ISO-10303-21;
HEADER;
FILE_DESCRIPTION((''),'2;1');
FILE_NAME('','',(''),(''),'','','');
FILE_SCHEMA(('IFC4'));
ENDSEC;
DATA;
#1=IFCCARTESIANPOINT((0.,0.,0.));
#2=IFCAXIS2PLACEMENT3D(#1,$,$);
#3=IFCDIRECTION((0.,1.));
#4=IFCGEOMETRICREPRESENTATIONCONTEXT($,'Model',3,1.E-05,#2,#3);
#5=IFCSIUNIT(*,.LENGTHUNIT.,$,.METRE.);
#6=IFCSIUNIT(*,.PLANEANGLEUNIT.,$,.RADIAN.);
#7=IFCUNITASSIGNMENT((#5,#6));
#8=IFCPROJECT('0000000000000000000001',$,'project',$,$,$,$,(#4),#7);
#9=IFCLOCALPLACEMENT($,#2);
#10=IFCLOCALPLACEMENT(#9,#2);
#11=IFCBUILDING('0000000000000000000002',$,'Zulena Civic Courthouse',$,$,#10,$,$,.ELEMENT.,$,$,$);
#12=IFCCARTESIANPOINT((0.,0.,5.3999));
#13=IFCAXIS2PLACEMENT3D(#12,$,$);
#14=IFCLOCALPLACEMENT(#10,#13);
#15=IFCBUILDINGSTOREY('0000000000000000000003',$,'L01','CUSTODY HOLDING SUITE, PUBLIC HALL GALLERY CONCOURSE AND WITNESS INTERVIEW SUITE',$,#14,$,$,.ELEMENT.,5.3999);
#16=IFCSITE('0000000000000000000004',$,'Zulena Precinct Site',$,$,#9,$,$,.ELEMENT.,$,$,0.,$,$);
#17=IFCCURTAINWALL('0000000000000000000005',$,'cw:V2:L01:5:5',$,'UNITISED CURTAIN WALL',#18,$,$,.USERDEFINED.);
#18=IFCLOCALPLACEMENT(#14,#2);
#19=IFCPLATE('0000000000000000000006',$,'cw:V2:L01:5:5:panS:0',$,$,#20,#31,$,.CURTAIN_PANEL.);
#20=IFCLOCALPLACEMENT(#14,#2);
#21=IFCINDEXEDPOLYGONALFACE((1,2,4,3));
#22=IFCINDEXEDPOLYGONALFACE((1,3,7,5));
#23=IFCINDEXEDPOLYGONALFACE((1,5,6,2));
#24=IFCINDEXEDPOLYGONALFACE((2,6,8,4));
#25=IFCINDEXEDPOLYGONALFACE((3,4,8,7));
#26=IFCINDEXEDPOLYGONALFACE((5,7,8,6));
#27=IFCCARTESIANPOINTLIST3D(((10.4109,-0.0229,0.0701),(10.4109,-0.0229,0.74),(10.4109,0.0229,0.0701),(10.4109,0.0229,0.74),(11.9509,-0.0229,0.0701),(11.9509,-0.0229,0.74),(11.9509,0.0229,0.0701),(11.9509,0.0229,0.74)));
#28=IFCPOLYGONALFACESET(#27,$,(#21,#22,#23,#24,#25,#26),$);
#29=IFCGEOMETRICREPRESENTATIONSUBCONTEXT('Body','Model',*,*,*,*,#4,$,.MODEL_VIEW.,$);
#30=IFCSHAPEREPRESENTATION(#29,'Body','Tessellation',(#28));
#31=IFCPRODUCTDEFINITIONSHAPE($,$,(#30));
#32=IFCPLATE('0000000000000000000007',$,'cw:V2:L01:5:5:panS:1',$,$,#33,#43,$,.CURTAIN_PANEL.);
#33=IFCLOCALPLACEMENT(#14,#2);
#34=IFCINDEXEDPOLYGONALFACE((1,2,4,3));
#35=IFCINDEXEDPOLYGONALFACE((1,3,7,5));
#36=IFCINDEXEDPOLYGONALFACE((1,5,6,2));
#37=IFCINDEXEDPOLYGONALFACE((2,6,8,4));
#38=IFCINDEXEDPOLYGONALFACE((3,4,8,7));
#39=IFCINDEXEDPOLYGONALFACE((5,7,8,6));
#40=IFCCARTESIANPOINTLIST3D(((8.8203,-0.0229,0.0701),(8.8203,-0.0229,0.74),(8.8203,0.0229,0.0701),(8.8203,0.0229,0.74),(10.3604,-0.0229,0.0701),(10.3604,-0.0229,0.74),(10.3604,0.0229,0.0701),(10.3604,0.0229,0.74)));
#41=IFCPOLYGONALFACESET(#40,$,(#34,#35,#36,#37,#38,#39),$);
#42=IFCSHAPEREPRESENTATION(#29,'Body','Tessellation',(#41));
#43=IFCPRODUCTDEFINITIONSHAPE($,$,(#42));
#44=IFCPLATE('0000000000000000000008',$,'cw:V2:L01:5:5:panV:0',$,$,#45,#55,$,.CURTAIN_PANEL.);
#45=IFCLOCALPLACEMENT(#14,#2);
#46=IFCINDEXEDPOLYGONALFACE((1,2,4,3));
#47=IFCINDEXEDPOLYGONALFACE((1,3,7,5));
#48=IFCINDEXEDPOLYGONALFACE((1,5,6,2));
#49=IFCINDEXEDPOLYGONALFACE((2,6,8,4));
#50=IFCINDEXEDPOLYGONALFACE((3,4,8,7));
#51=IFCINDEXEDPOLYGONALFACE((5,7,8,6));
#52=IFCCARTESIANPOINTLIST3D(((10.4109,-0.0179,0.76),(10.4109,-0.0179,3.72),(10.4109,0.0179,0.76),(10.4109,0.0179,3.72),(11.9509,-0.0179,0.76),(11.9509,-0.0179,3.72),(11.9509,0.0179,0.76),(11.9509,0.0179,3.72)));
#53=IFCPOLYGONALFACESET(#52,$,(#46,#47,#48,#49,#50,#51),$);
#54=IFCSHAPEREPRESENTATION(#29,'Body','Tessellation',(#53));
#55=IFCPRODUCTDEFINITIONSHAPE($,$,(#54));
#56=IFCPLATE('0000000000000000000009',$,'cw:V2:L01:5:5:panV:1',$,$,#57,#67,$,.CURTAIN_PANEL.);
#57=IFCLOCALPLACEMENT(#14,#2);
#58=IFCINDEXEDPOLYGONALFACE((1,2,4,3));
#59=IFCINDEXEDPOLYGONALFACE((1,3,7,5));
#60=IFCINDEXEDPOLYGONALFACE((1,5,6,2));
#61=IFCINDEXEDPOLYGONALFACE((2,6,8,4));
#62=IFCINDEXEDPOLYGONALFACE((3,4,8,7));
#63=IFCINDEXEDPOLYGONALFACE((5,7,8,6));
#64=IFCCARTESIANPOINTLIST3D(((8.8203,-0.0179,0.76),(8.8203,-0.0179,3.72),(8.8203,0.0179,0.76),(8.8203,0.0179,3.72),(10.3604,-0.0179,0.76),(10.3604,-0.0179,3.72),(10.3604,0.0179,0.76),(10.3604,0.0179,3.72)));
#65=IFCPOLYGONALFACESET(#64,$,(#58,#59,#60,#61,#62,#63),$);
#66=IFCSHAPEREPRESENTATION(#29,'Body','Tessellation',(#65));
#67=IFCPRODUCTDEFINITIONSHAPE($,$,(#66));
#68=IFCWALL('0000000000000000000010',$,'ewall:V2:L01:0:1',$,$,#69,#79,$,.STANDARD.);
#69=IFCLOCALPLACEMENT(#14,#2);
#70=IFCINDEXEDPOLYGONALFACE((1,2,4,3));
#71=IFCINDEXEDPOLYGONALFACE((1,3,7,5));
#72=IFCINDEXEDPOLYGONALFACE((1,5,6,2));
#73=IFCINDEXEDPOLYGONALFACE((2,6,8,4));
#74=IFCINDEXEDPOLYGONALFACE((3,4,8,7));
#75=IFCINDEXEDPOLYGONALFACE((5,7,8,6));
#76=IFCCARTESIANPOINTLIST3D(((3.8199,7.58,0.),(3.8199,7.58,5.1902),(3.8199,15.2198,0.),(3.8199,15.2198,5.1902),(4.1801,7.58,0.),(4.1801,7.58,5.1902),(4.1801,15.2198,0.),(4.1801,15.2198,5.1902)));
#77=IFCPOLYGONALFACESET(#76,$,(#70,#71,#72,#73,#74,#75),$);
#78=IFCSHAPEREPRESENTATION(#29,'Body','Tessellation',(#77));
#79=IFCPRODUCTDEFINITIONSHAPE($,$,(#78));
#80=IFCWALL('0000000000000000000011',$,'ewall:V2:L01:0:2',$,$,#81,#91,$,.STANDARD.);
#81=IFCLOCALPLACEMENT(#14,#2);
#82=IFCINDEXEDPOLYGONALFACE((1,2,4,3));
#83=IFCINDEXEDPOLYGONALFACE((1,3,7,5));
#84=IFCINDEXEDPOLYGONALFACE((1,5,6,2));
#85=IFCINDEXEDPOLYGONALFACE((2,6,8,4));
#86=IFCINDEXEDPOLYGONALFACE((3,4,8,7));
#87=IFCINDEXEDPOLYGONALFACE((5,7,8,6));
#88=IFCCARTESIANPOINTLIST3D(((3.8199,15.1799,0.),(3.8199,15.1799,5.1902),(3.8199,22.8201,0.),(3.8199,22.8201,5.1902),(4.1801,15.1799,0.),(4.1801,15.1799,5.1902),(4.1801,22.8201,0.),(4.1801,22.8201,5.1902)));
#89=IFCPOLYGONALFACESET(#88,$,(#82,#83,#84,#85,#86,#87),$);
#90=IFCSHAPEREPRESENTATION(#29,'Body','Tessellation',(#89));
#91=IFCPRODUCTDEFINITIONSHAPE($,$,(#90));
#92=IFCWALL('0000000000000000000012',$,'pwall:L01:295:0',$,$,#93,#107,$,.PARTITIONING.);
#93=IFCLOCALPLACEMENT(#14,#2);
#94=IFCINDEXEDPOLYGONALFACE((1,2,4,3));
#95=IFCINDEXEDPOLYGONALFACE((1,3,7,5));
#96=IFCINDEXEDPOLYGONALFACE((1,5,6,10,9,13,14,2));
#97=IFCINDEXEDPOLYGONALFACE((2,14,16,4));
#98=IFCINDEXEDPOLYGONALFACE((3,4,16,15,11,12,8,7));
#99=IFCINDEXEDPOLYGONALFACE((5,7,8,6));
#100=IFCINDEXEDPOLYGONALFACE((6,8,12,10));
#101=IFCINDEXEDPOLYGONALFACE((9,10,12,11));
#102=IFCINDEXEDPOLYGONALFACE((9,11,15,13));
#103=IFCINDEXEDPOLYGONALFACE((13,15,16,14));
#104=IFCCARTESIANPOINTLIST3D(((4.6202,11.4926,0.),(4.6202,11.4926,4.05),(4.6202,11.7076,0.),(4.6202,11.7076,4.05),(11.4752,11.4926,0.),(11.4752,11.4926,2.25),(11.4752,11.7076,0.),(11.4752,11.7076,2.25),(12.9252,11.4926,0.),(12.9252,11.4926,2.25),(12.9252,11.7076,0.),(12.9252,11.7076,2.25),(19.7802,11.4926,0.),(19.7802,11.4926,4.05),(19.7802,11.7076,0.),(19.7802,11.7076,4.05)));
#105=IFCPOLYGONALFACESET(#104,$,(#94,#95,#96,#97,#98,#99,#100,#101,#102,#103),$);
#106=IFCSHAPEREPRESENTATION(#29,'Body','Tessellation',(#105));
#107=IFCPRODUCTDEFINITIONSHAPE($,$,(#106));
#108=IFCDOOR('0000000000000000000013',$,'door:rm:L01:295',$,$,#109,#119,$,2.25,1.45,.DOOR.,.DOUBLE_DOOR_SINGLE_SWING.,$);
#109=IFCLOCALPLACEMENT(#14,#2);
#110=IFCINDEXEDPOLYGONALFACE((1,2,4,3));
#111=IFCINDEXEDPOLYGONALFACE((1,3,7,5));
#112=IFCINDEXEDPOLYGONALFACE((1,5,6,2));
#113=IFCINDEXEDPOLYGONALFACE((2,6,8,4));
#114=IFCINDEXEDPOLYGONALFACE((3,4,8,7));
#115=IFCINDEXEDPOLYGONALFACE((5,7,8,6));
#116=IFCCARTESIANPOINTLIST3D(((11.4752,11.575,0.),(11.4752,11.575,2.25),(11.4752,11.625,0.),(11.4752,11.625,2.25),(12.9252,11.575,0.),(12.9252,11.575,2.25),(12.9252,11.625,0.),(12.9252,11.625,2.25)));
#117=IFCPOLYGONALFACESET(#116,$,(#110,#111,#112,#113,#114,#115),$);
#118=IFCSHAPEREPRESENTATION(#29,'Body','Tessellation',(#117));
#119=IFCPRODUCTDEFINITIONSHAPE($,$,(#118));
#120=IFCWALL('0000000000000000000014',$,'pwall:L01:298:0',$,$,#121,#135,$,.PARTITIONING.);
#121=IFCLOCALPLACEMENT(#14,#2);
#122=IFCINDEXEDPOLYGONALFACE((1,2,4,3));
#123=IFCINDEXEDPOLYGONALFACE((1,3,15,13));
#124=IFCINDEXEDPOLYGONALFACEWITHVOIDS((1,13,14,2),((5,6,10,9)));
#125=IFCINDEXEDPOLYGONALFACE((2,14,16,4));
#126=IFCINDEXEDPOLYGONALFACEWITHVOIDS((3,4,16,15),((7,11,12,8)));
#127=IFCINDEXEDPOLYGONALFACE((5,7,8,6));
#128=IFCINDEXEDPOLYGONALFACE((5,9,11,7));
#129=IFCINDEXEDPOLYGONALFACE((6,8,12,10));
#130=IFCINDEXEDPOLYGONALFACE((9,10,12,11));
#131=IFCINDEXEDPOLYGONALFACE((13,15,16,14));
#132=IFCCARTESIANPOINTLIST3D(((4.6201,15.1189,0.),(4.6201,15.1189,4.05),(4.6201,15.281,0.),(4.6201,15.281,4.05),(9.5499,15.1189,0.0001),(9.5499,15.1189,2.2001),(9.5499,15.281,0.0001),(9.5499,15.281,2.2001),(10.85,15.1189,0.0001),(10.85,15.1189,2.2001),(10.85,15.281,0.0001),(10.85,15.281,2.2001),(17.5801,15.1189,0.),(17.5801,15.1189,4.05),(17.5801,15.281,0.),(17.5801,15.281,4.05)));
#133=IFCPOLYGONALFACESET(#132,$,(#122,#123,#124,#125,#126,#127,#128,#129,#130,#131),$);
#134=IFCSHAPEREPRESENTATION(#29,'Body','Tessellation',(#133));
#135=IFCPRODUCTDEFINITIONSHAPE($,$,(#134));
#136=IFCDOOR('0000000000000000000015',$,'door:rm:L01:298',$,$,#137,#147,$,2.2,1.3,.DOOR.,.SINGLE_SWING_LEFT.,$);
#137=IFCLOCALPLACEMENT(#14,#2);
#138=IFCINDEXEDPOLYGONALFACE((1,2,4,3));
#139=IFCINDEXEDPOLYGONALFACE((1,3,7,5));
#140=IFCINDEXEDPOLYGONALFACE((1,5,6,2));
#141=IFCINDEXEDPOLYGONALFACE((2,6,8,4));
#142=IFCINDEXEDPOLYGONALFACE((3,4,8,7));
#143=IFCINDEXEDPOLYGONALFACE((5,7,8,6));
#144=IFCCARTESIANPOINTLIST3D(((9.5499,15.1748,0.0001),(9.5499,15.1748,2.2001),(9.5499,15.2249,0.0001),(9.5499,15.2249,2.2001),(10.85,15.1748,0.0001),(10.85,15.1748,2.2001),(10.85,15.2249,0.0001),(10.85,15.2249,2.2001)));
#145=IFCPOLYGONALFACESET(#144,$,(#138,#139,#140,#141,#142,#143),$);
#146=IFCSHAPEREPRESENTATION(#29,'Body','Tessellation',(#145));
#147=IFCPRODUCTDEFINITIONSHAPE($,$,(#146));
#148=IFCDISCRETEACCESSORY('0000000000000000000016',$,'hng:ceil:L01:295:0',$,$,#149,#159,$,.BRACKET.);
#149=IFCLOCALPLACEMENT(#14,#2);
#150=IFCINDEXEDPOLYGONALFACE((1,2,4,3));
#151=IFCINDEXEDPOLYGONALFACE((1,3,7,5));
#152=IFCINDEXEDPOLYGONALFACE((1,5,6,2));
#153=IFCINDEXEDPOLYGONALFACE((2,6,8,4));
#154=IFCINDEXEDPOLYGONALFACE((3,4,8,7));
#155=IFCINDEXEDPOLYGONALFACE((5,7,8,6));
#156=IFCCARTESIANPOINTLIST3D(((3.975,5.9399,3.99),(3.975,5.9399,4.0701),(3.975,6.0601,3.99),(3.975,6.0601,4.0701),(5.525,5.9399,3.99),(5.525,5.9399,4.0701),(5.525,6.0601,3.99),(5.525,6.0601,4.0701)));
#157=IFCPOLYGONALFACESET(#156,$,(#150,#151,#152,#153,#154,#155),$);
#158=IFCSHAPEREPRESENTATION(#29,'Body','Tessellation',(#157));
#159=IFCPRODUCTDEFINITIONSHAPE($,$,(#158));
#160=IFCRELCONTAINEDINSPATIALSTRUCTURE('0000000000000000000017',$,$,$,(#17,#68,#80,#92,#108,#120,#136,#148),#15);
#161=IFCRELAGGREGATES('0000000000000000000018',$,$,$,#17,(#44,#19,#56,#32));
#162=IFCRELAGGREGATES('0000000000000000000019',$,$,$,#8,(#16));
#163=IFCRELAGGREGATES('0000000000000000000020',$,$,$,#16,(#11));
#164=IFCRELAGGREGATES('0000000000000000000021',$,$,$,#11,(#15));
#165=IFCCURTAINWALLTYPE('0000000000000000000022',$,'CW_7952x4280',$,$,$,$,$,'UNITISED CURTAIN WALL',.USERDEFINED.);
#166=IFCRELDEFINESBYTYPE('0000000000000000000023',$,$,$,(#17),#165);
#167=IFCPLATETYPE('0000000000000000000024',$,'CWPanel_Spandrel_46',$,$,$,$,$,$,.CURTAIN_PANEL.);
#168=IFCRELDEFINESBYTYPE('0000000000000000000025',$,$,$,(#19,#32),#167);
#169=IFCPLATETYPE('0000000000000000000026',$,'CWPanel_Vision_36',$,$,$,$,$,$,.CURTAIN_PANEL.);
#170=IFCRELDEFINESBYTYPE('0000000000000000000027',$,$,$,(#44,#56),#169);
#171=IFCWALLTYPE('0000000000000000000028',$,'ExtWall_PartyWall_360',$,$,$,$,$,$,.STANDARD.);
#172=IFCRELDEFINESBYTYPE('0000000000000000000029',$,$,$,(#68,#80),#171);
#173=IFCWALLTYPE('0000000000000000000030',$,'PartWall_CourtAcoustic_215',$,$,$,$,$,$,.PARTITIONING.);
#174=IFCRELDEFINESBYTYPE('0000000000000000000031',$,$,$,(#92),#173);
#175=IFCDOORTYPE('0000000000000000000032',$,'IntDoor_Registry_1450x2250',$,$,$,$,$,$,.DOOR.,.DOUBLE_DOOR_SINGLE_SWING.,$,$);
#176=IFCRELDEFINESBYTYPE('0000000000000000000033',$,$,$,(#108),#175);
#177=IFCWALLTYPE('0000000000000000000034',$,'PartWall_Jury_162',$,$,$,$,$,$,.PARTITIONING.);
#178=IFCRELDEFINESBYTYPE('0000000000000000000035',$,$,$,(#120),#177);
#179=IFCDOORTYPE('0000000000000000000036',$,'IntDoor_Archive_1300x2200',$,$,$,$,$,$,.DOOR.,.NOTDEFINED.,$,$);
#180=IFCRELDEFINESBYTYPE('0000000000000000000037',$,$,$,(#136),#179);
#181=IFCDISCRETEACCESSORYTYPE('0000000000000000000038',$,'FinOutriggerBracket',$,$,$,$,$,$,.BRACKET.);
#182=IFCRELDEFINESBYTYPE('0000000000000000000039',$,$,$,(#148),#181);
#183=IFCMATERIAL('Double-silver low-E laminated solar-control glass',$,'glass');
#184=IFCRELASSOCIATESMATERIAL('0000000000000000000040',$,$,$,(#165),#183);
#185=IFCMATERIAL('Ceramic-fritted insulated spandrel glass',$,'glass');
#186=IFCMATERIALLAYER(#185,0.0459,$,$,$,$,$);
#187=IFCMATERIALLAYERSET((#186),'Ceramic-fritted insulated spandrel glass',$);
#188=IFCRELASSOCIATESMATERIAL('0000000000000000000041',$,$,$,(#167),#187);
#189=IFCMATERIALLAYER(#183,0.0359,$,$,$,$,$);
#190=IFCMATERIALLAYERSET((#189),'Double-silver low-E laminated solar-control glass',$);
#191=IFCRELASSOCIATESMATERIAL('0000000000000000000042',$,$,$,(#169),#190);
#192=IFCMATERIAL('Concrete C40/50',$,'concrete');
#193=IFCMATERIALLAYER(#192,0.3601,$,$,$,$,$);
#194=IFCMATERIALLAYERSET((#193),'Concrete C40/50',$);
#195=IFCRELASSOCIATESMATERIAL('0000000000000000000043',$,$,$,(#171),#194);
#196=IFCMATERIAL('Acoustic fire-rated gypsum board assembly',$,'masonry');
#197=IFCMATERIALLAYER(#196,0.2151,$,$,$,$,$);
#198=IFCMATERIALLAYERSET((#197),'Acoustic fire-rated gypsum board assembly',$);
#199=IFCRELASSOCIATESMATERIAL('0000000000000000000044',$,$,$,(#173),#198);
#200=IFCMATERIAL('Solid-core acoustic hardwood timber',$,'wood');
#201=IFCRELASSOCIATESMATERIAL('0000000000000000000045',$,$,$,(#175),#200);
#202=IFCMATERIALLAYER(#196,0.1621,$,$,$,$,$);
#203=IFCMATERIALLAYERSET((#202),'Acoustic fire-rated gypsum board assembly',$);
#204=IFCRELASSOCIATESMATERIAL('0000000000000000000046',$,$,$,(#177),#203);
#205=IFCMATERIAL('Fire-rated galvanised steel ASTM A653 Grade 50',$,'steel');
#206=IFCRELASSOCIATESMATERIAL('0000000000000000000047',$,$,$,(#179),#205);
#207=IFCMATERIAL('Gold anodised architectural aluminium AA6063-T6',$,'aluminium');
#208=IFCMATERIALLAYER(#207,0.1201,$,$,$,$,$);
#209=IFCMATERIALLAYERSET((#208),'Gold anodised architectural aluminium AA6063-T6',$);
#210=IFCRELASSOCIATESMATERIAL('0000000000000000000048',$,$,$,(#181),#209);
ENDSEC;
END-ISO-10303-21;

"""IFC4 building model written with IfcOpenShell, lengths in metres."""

from ifc_helpers import new_model, si_unit, direction, frame, frame_2d, origin, origin_2d, place, context, subcontext, project, spatial, rectangle, extrude, material, layer, layer_set, type_object, element, fill, aggregate, save


model = new_model("IFC4")

# Units and contexts
model_context = context("Model", 3, precision=1e-05, world=origin(), true_north=direction((0.0, 1.0)))
body_context = subcontext(model_context, "Body", "Model", "MODEL_VIEW")
ifc_project = project(units=[si_unit("LENGTHUNIT", "METRE"), si_unit("PLANEANGLEUNIT", "RADIAN")], contexts=[model_context])

# Site, building, storey
site_placement = place(None, origin())
site = spatial("IfcSite", under=ifc_project, at=site_placement, Name="Zulena Precinct Site", CompositionType="ELEMENT", RefElevation=0.0)
building_placement = place(site_placement, origin())
building = spatial("IfcBuilding", under=site, at=building_placement, Name="Zulena Civic Courthouse", CompositionType="ELEMENT")
storey_placement = place(building_placement, frame((0.0, 0.0, 5.3999)))
storey = spatial("IfcBuildingStorey", under=building, at=storey_placement, Name="L01", Description="CUSTODY HOLDING SUITE, PUBLIC HALL GALLERY CONCOURSE AND WITNESS INTERVIEW SUITE", CompositionType="ELEMENT", Elevation=5.3999)

# Shared definitions
ifc_material_1 = material(Name="Double-silver low-E laminated solar-control glass", Category="glass")
curtain_wall_type = type_object("IfcCurtainWallType", Name="CW_7952x4280", ElementType="UNITISED CURTAIN WALL", PredefinedType="USERDEFINED", material=ifc_material_1)

# Curtain wall
curtain_wall_1_placement = place(storey_placement, origin())
curtain_wall_1 = element("IfcCurtainWall", 1, at=curtain_wall_1_placement, inside=storey, type_object=curtain_wall_type, Name="cw:V2:L01:5:5", ObjectType="UNITISED CURTAIN WALL", PredefinedType="USERDEFINED")

# Plates
ifc_material_2 = material(Name="Ceramic-fritted insulated spandrel glass", Category="glass")
ifc_layer_1 = layer(ifc_material_2, 0.0459)
ifc_layer_set_1 = layer_set([ifc_layer_1], Name="Ceramic-fritted insulated spandrel glass")
plate_type_1 = type_object("IfcPlateType", Name="CWPanel_Spandrel_46", PredefinedType="CURTAIN_PANEL", material=ifc_layer_set_1)
plate_1_placement = place(storey_placement, frame((11.1809, 0.0, 0.0701), z_axis=(0.0, 0.0, 1.0), x_axis=(-1.0, 0.0, 0.0)))
plate_1 = element("IfcPlate", 2, at=plate_1_placement, type_object=plate_type_1, Name="cw:V2:L01:5:5:panS:0", PredefinedType="CURTAIN_PANEL", context=body_context, shape_type="SweptSolid", body=[
    extrude(rectangle(XDim=1.54, YDim=0.0459, at=origin_2d()), origin(), (0.0, 0.0, 1.0), 0.6699),
])
plate_2_placement = place(storey_placement, frame((9.5903, 0.0, 0.0701), z_axis=(0.0, 0.0, 1.0), x_axis=(-1.0, 0.0, 0.0)))
plate_2 = element("IfcPlate", 3, at=plate_2_placement, type_object=plate_type_1, Name="cw:V2:L01:5:5:panS:1", PredefinedType="CURTAIN_PANEL", context=body_context, shape_type="SweptSolid", body=[
    extrude(rectangle(XDim=1.54, YDim=0.0459, at=origin_2d()), origin(), (0.0, 0.0, 1.0), 0.6699),
])
ifc_layer_2 = layer(ifc_material_1, 0.0359)
ifc_layer_set_2 = layer_set([ifc_layer_2], Name="Double-silver low-E laminated solar-control glass")
plate_type_2 = type_object("IfcPlateType", Name="CWPanel_Vision_36", PredefinedType="CURTAIN_PANEL", material=ifc_layer_set_2)
plate_3_placement = place(storey_placement, frame((11.1809, 0.0, 0.76), z_axis=(0.0, 0.0, 1.0), x_axis=(-1.0, 0.0, 0.0)))
plate_3 = element("IfcPlate", 4, at=plate_3_placement, type_object=plate_type_2, Name="cw:V2:L01:5:5:panV:0", PredefinedType="CURTAIN_PANEL", context=body_context, shape_type="SweptSolid", body=[
    extrude(rectangle(XDim=1.54, YDim=0.0359, at=origin_2d()), origin(), (0.0, 0.0, 1.0), 2.96),
])
plate_4_placement = place(storey_placement, frame((9.5903, 0.0, 0.76), z_axis=(0.0, 0.0, 1.0), x_axis=(-1.0, 0.0, 0.0)))
plate_4 = element("IfcPlate", 5, at=plate_4_placement, type_object=plate_type_2, Name="cw:V2:L01:5:5:panV:1", PredefinedType="CURTAIN_PANEL", context=body_context, shape_type="SweptSolid", body=[
    extrude(rectangle(XDim=1.54, YDim=0.0359, at=origin_2d()), origin(), (0.0, 0.0, 1.0), 2.96),
])
aggregate(curtain_wall_1, [plate_3, plate_1, plate_4, plate_2])

# Walls
ifc_material_3 = material(Name="Concrete C40/50", Category="concrete")
ifc_layer_3 = layer(ifc_material_3, 0.3601)
ifc_layer_set_3 = layer_set([ifc_layer_3], Name="Concrete C40/50")
wall_type_1 = type_object("IfcWallType", Name="ExtWall_PartyWall_360", PredefinedType="STANDARD", material=ifc_layer_set_3)
wall_1_placement = place(storey_placement, frame((4.0, 7.5801, 0.0), z_axis=(0.0, 0.0, 1.0), x_axis=(0.0, 1.0, 0.0)))
element("IfcWall", 6, at=wall_1_placement, inside=storey, type_object=wall_type_1, Name="ewall:V2:L01:0:1", PredefinedType="STANDARD", context=body_context, shape_type="SweptSolid", body=[
    extrude(rectangle(XDim=7.6399, YDim=0.3601, at=frame_2d((3.8198, 0.0))), origin(), (0.0, 0.0, 1.0), 5.1902),
])
wall_2_placement = place(storey_placement, frame((4.0, 15.1799, 0.0), z_axis=(0.0, 0.0, 1.0), x_axis=(0.0, 1.0, 0.0)))
element("IfcWall", 7, at=wall_2_placement, inside=storey, type_object=wall_type_1, Name="ewall:V2:L01:0:2", PredefinedType="STANDARD", context=body_context, shape_type="SweptSolid", body=[
    extrude(rectangle(XDim=7.6401, YDim=0.3601, at=frame_2d((3.8201, 0.0))), origin(), (0.0, 0.0, 1.0), 5.1902),
])

# Walls, openings, doors
ifc_material_4 = material(Name="Acoustic fire-rated gypsum board assembly", Category="masonry")
ifc_layer_4 = layer(ifc_material_4, 0.2151)
ifc_layer_set_4 = layer_set([ifc_layer_4], Name="Acoustic fire-rated gypsum board assembly")
wall_type_2 = type_object("IfcWallType", Name="PartWall_CourtAcoustic_215", PredefinedType="PARTITIONING", material=ifc_layer_set_4)
wall_3_placement = place(storey_placement, frame((4.6201, 11.6001, 0.0), z_axis=(0.0, 0.0, 1.0), x_axis=(1.0, 0.0, 0.0)))
wall_3 = element("IfcWall", 8, at=wall_3_placement, inside=storey, type_object=wall_type_2, Name="pwall:L01:295:0", PredefinedType="PARTITIONING", context=body_context, shape_type="SweptSolid", body=[
    extrude(rectangle(XDim=15.1599, YDim=0.2151, at=frame_2d((7.5801, 0.0))), origin(), (0.0, 0.0, 1.0), 4.05),
])
opening_1_placement = place(wall_3_placement, frame((6.855, 0.0, 0.0)))
opening_1 = element("IfcOpeningElement", 9, at=opening_1_placement, cuts=wall_3, PredefinedType="OPENING", context=body_context, shape_type="SweptSolid", body=[
    extrude(rectangle(XDim=1.45, YDim=2.25, at=frame_2d((0.7251, 1.125))), frame((0.0, 0.1174, 0.0), z_axis=(0.0, -1.0, 0.0), x_axis=(1.0, 0.0, 0.0)), (0.0, 0.0, 1.0), 0.2351),
])
ifc_material_5 = material(Name="Solid-core acoustic hardwood timber", Category="wood")
door_type_1 = type_object("IfcDoorType", Name="IntDoor_Registry_1450x2250", OperationType="DOUBLE_DOOR_SINGLE_SWING", PredefinedType="DOOR", material=ifc_material_5)
door_1_placement = place(opening_1_placement, origin())
door_1 = element("IfcDoor", 10, at=door_1_placement, inside=storey, type_object=door_type_1, Name="door:rm:L01:295", OperationType="DOUBLE_DOOR_SINGLE_SWING", OverallHeight=2.25, OverallWidth=1.45, PredefinedType="DOOR", context=body_context, shape_type="SweptSolid", body=[
    extrude(rectangle(XDim=1.45, YDim=2.25, at=frame_2d((0.7251, 1.125))), frame((0.0, 0.0249, 0.0), z_axis=(0.0, -1.0, 0.0), x_axis=(1.0, 0.0, 0.0)), (0.0, 0.0, 1.0), 0.05),
])
fill(opening_1, door_1)
ifc_layer_5 = layer(ifc_material_4, 0.1621)
ifc_layer_set_5 = layer_set([ifc_layer_5], Name="Acoustic fire-rated gypsum board assembly")
wall_type_3 = type_object("IfcWallType", Name="PartWall_Jury_162", PredefinedType="PARTITIONING", material=ifc_layer_set_5)
wall_4_placement = place(storey_placement, frame((4.6201, 15.2, 0.0), z_axis=(0.0, 0.0, 1.0), x_axis=(1.0, 0.0, 0.0)))
wall_4 = element("IfcWall", 11, at=wall_4_placement, inside=storey, type_object=wall_type_3, Name="pwall:L01:298:0", PredefinedType="PARTITIONING", context=body_context, shape_type="SweptSolid", body=[
    extrude(rectangle(XDim=12.96, YDim=0.1621, at=frame_2d((6.48, 0.0))), origin(), (0.0, 0.0, 1.0), 4.05),
])
opening_2_placement = place(wall_4_placement, frame((4.9299, 0.0, 0.0)))
opening_2 = element("IfcOpeningElement", 12, at=opening_2_placement, cuts=wall_4, PredefinedType="OPENING", context=body_context, shape_type="SweptSolid", body=[
    extrude(rectangle(XDim=1.3, YDim=2.2, at=frame_2d((0.6499, 1.1001))), frame((0.0, 0.0911, 0.0), z_axis=(0.0, -1.0, 0.0), x_axis=(1.0, 0.0, 0.0)), (0.0, 0.0, 1.0), 0.1821),
])
ifc_material_6 = material(Name="Fire-rated galvanised steel ASTM A653 Grade 50", Category="steel")
door_type_2 = type_object("IfcDoorType", Name="IntDoor_Archive_1300x2200", OperationType="NOTDEFINED", PredefinedType="DOOR", material=ifc_material_6)
door_2_placement = place(opening_2_placement, origin())
door_2 = element("IfcDoor", 13, at=door_2_placement, inside=storey, type_object=door_type_2, Name="door:rm:L01:298", OperationType="SINGLE_SWING_LEFT", OverallHeight=2.2, OverallWidth=1.3, PredefinedType="DOOR", context=body_context, shape_type="SweptSolid", body=[
    extrude(rectangle(XDim=1.3, YDim=2.2, at=frame_2d((0.6499, 1.1001))), frame((0.0, 0.0249, 0.0), z_axis=(0.0, -1.0, 0.0), x_axis=(1.0, 0.0, 0.0)), (0.0, 0.0, 1.0), 0.05),
])
fill(opening_2, door_2)

# Discrete accessory
ifc_material_7 = material(Name="Gold anodised architectural aluminium AA6063-T6", Category="aluminium")
ifc_layer_6 = layer(ifc_material_7, 0.1201)
ifc_layer_set_6 = layer_set([ifc_layer_6], Name="Gold anodised architectural aluminium AA6063-T6")
discrete_accessory_type = type_object("IfcDiscreteAccessoryType", Name="FinOutriggerBracket", PredefinedType="BRACKET", material=ifc_layer_set_6)
discrete_accessory_placement = place(storey_placement, frame((4.75, 6.0, 3.99), z_axis=(0.0, 0.0, 1.0), x_axis=(1.0, 0.0, 0.0)))
element("IfcDiscreteAccessory", 14, at=discrete_accessory_placement, inside=storey, type_object=discrete_accessory_type, Name="hng:ceil:L01:295:0", PredefinedType="BRACKET", context=body_context, shape_type="SweptSolid", body=[
    extrude(rectangle(XDim=1.55, YDim=0.1201, at=origin_2d()), origin(), (0.0, 0.0, 1.0), 0.0801),
])

save(model, "model.ifc")
